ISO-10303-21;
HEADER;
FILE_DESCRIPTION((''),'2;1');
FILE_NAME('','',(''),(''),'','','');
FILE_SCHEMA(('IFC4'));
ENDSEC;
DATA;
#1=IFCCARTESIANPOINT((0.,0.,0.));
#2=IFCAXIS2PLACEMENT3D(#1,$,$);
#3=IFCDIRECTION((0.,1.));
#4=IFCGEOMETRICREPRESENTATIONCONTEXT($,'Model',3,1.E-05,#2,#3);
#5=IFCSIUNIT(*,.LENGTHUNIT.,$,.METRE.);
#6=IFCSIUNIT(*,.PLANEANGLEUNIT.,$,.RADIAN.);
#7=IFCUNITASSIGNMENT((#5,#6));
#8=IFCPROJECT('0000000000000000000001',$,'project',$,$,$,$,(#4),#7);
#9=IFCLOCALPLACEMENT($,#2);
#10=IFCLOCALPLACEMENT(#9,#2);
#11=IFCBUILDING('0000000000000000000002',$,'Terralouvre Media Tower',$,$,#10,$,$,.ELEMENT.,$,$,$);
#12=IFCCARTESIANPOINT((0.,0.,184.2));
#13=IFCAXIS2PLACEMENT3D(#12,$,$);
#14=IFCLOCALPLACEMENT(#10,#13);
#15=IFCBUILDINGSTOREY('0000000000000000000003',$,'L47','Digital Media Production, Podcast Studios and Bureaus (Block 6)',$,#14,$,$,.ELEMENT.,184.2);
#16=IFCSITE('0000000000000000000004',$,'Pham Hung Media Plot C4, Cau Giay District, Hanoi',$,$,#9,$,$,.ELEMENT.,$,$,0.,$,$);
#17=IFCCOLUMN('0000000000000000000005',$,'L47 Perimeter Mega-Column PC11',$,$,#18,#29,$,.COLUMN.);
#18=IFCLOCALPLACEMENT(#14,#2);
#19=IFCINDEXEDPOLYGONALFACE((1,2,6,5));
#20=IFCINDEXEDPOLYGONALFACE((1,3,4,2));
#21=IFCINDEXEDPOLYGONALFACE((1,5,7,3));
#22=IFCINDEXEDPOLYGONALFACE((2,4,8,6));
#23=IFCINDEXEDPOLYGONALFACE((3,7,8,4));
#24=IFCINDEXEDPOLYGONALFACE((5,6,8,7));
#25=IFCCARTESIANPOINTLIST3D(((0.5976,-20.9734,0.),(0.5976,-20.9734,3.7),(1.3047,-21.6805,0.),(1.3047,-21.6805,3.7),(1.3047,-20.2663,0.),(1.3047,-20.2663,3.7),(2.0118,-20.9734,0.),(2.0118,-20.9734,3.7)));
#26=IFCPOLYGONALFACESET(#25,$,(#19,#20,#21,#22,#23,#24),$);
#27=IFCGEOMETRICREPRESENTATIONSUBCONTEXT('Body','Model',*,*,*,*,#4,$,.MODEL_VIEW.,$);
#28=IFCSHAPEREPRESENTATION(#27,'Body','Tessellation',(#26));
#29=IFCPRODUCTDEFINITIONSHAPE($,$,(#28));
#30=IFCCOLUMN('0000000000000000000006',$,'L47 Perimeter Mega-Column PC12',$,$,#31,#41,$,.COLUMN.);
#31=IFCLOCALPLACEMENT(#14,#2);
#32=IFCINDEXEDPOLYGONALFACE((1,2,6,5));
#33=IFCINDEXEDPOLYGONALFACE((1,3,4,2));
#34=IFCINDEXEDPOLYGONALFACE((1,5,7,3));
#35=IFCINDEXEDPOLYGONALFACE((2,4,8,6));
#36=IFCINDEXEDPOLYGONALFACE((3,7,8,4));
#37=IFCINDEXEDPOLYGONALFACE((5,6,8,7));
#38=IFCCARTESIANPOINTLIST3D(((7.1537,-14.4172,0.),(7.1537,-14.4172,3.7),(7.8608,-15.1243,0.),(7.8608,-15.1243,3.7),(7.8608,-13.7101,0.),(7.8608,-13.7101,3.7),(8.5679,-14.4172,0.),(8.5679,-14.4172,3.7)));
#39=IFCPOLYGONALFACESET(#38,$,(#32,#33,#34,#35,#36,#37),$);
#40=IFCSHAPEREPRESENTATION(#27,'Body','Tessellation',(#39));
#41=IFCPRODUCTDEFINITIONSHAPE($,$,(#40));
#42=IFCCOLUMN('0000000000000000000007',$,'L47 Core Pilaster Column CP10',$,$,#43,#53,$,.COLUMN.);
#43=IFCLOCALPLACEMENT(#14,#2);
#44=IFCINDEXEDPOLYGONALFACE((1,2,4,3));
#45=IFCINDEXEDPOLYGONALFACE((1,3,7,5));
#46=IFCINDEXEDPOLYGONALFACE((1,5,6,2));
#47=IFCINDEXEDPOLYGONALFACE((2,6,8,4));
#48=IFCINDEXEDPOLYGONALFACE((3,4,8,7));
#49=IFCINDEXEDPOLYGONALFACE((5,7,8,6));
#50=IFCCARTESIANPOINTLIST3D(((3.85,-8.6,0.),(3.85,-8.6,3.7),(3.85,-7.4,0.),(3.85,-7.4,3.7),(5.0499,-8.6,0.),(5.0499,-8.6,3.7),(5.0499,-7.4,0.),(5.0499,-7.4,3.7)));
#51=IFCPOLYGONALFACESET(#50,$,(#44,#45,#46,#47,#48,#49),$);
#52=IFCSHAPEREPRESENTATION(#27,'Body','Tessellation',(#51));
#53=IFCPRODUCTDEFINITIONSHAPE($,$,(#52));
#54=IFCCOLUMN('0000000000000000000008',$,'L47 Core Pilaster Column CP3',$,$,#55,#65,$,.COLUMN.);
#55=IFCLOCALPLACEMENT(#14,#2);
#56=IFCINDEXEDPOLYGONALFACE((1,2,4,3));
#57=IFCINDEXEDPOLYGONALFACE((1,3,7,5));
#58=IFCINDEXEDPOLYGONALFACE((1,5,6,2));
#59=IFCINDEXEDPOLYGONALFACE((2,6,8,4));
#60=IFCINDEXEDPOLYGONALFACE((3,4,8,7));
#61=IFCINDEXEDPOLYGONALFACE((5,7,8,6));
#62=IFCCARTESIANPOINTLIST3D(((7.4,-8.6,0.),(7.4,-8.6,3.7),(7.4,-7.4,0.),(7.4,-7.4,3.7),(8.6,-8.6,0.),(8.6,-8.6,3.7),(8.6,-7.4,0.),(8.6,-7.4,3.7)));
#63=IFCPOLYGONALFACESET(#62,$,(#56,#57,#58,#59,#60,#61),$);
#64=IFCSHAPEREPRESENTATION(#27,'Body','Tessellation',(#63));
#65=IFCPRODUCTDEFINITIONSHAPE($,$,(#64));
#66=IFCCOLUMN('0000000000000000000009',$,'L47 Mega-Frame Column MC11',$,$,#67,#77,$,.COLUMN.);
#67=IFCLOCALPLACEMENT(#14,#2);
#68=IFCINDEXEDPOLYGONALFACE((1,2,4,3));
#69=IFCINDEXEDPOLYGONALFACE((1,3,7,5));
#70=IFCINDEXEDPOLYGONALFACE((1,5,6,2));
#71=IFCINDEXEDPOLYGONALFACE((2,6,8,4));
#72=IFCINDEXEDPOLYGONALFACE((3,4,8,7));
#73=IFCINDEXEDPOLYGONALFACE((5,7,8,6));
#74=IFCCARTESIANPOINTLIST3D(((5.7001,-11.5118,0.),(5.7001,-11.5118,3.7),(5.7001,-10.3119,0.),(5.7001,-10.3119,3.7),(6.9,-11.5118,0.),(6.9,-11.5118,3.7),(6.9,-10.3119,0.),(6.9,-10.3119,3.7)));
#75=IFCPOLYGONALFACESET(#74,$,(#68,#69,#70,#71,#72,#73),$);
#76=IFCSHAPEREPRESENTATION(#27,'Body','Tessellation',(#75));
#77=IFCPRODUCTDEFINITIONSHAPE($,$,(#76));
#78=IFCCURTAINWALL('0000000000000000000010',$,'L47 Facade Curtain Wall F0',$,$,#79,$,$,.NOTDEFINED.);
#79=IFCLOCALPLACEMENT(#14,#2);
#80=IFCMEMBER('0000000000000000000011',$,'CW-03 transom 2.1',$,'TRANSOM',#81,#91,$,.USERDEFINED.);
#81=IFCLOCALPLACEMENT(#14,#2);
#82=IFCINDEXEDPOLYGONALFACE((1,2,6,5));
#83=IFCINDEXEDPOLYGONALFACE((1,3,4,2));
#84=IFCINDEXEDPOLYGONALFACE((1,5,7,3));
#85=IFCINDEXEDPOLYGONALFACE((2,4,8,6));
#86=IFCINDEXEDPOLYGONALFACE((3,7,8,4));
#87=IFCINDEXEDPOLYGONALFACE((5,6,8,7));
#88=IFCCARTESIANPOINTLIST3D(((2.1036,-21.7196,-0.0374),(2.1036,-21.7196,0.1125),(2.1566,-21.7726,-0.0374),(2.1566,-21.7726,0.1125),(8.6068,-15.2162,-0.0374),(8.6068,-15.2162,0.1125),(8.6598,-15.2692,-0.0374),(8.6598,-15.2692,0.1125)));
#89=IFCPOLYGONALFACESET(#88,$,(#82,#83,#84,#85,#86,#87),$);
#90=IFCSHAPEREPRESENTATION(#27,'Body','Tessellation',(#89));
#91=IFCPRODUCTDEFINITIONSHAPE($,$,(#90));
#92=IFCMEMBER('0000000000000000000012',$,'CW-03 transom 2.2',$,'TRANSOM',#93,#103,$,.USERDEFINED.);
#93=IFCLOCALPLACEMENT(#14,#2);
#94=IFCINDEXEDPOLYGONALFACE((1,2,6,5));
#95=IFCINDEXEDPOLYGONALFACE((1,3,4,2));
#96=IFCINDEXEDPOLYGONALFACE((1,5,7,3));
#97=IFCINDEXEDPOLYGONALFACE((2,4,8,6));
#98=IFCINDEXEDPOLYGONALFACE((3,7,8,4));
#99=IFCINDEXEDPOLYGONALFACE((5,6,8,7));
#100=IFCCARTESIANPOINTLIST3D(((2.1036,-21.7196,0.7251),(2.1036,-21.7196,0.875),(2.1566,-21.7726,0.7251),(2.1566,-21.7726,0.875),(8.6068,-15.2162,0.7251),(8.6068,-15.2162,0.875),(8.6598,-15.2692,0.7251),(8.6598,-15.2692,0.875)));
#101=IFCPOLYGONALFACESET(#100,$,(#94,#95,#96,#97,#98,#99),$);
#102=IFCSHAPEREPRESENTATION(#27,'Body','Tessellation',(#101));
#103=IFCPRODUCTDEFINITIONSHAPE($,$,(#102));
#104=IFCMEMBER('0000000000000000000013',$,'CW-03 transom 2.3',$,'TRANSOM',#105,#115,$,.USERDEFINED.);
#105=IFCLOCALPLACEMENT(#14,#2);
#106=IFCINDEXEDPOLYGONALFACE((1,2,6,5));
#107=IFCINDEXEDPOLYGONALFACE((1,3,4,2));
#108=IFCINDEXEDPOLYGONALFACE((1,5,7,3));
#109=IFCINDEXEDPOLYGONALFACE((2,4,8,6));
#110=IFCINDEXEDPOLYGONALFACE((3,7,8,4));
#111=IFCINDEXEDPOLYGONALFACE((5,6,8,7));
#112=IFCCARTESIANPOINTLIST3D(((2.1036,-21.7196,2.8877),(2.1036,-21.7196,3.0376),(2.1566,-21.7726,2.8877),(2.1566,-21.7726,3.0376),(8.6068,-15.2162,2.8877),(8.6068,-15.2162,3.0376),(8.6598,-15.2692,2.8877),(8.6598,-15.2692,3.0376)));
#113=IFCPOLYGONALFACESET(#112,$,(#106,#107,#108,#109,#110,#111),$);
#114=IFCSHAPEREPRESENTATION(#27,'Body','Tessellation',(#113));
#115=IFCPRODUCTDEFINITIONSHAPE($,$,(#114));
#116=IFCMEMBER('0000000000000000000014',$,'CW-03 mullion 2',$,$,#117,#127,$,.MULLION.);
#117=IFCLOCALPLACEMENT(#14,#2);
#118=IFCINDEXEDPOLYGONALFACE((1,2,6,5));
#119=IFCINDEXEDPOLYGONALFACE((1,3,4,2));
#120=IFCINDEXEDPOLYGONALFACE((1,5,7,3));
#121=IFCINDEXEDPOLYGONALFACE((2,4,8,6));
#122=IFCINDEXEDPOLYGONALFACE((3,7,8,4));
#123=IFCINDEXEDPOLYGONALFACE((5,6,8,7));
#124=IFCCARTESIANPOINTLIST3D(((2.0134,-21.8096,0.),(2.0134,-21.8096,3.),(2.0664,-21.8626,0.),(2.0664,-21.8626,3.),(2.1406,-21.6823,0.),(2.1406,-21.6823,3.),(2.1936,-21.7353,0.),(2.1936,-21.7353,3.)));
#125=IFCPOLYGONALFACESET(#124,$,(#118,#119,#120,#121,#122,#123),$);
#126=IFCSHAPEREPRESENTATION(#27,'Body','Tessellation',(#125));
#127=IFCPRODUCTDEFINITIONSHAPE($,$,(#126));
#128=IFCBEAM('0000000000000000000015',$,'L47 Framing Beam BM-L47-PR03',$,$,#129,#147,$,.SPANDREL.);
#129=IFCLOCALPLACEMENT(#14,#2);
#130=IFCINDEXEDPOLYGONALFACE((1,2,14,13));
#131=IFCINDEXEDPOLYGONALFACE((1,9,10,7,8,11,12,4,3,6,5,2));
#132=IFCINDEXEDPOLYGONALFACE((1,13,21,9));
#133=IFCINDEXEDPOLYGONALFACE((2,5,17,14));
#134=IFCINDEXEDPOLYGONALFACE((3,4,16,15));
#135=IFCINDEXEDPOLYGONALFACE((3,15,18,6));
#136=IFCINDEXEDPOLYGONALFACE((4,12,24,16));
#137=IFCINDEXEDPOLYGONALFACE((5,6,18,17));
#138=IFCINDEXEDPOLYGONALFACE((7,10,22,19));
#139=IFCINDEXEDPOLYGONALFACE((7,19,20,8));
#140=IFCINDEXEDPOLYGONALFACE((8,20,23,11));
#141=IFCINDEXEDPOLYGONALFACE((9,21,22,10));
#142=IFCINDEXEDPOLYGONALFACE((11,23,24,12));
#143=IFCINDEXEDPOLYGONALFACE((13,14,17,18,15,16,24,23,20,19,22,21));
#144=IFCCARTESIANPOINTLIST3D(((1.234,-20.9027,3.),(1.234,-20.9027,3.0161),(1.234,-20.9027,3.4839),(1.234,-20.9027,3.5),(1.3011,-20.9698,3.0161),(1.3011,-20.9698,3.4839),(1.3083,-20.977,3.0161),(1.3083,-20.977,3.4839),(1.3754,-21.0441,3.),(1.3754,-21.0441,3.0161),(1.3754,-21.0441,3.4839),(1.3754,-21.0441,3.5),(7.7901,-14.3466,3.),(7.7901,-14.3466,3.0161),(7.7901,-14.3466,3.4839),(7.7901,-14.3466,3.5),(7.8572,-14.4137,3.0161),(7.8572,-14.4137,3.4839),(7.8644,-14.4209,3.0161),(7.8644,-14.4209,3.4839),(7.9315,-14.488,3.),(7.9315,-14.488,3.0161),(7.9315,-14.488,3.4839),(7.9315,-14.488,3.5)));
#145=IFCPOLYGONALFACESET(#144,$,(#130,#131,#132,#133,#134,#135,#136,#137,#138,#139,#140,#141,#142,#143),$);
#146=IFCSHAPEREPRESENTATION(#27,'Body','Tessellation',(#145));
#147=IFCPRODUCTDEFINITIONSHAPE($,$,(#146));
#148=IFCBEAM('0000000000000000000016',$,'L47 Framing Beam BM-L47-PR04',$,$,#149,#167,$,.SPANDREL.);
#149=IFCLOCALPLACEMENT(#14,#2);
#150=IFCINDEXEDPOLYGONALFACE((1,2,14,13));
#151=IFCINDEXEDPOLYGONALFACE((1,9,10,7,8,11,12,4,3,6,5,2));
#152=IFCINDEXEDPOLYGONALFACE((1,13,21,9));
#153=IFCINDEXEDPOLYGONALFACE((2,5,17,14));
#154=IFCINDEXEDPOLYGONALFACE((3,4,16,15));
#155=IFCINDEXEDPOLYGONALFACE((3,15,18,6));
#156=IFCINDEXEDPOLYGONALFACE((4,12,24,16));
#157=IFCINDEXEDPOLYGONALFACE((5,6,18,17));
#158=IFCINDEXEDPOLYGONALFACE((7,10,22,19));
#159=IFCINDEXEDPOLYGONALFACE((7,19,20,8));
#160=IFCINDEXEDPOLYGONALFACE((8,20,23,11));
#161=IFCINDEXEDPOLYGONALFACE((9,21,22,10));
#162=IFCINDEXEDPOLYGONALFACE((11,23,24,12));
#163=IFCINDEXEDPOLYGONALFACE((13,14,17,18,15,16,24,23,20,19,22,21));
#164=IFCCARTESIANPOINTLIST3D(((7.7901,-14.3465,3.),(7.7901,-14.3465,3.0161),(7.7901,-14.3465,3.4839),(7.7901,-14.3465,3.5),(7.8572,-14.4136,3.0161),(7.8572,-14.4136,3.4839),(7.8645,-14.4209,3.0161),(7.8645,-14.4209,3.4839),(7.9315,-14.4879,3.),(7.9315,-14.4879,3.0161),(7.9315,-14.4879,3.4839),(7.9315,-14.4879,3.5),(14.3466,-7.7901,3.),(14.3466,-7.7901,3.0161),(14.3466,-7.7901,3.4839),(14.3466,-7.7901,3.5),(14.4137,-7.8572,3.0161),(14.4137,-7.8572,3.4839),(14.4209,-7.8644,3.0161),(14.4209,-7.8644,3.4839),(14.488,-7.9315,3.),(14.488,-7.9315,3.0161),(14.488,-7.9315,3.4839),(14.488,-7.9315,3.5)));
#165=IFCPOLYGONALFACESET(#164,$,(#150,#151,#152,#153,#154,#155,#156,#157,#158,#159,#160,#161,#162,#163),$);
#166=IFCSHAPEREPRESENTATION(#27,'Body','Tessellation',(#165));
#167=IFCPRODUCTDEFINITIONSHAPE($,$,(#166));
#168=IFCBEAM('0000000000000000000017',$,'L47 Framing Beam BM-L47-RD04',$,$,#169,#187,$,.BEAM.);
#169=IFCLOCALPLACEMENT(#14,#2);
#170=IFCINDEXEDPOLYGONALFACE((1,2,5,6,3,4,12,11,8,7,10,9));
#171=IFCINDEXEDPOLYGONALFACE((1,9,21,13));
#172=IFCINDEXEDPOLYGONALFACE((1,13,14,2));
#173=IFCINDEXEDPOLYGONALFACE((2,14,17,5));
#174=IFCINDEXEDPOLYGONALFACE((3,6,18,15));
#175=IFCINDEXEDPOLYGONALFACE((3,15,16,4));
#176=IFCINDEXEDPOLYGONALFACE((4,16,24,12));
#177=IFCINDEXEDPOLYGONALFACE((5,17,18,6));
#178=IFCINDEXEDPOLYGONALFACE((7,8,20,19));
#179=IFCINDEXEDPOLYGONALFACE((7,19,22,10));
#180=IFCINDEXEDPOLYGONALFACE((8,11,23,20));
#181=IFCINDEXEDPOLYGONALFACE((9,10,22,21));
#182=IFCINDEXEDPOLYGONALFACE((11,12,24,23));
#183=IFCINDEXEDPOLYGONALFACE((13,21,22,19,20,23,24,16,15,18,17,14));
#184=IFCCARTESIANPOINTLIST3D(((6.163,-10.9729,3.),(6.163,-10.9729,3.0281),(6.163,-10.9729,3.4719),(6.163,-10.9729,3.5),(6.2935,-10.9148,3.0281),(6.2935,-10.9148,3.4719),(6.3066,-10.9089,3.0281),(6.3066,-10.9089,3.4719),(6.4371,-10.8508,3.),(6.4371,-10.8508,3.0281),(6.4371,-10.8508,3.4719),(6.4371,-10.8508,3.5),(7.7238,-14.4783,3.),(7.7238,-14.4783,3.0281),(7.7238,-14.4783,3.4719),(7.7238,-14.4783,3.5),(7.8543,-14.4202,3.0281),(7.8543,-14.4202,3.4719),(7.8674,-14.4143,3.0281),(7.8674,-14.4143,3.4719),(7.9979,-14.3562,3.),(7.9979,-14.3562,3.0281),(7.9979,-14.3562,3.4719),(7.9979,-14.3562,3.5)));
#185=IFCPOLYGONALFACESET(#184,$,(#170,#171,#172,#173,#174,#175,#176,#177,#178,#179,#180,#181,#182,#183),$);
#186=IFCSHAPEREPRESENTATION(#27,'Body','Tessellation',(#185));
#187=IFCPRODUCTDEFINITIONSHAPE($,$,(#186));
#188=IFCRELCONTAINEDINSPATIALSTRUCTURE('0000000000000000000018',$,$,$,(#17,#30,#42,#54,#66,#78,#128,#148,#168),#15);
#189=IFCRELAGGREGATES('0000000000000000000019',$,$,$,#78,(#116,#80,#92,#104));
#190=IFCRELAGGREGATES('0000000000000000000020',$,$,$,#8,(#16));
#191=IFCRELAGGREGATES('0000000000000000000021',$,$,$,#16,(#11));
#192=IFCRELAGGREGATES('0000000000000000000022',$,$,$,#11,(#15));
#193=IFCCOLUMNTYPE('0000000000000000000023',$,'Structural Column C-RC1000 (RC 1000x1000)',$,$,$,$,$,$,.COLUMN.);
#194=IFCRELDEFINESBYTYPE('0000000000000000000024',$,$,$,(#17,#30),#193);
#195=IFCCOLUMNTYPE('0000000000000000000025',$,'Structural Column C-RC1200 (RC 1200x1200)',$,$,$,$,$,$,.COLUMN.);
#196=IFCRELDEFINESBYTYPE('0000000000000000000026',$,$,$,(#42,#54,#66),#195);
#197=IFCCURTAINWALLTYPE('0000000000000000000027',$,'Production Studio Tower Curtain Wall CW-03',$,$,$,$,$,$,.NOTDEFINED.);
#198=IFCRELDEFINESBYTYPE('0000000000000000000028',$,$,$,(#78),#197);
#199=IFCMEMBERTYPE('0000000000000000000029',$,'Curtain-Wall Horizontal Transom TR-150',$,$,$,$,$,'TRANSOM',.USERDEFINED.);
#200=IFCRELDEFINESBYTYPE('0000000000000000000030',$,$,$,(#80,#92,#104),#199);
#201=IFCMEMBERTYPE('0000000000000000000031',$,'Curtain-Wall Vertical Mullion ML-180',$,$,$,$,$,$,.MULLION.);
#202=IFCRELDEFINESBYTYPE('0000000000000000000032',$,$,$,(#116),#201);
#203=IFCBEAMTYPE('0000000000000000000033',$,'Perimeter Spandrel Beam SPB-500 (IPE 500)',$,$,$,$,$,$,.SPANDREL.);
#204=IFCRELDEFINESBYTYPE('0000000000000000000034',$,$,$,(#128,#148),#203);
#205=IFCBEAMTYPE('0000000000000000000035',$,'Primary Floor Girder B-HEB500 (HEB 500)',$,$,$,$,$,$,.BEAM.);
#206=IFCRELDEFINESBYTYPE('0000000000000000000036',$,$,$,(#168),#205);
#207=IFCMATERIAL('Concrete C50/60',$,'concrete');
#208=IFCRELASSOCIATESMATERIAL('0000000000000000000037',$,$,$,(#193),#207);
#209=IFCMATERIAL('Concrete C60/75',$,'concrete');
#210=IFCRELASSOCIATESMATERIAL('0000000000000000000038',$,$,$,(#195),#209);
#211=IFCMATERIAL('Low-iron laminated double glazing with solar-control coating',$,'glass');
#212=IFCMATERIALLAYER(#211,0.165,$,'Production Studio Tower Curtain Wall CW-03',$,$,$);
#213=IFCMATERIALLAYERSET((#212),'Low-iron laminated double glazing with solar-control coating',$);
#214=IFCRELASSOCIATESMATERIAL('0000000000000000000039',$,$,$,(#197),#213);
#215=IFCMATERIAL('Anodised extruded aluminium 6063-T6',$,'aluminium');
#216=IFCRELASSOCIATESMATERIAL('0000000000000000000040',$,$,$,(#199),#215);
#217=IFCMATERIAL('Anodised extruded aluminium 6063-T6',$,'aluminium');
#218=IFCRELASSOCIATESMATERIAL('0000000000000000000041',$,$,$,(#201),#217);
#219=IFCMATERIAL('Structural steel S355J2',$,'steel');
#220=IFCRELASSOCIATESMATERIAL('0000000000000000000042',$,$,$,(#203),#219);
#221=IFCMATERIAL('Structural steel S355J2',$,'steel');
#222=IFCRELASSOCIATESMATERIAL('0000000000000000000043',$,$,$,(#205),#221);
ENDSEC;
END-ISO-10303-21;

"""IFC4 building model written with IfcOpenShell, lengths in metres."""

from ifc_helpers import new_model, si_unit, direction, frame, origin, origin_2d, place, context, subcontext, project, spatial, rectangle, i_section, extrude, material, layer, layer_set, material_profile, profile_set, type_object, element, aggregate, save


model = new_model("IFC4")

# Units and contexts
model_context = context("Model", 3, precision=1e-05, world=origin(), true_north=direction((0.0, 1.0)))
body_context = subcontext(model_context, "Body", "Model", "MODEL_VIEW")
ifc_project = project(units=[si_unit("LENGTHUNIT", "METRE"), si_unit("PLANEANGLEUNIT", "RADIAN")], contexts=[model_context])

# Site, building, storey
site_placement = place(None, origin())
site = spatial("IfcSite", under=ifc_project, at=site_placement, Name="Pham Hung Media Plot C4, Cau Giay District, Hanoi", CompositionType="ELEMENT", RefElevation=0.0)
building_placement = place(site_placement, origin())
building = spatial("IfcBuilding", under=site, at=building_placement, Name="Terralouvre Media Tower", CompositionType="ELEMENT")
storey_placement = place(building_placement, frame((0.0, 0.0, 184.2)))
storey = spatial("IfcBuildingStorey", under=building, at=storey_placement, Name="L47", Description="Digital Media Production, Podcast Studios and Bureaus (Block 6)", CompositionType="ELEMENT", Elevation=184.2)

# Columns
ifc_material_1 = material(Name="Concrete C50/60", Category="concrete")
ifc_material_profile_1 = material_profile(ifc_material_1, rectangle(XDim=1.0, YDim=1.0, at=origin_2d()), Name="RC 1000x1000")
ifc_profile_set_1 = profile_set([ifc_material_profile_1], Name="Concrete C50/60")
column_type_1 = type_object("IfcColumnType", Name="Structural Column C-RC1000 (RC 1000x1000)", PredefinedType="COLUMN", material=ifc_profile_set_1)
for number, where, z_axis, x_axis, name in (
    (1, (1.3047, -20.9734, 0.0), (0.0, 0.0, 1.0), (0.707107, 0.707107, 0.0), "L47 Perimeter Mega-Column PC11"),
    (2, (7.8608, -14.4172, 0.0), (0.0, 0.0, 1.0), (0.707107, 0.707107, 0.0), "L47 Perimeter Mega-Column PC12"),
):
    element("IfcColumn", number, at=place(storey_placement, frame(where, z_axis=z_axis, x_axis=x_axis)), inside=storey, type_object=column_type_1, Name=name, PredefinedType="COLUMN", context=body_context, shape_type="SweptSolid", body=[
        extrude(rectangle(XDim=1.0, YDim=1.0, at=origin_2d()), origin(), (0.0, 0.0, 1.0), 3.7),
    ])
ifc_material_2 = material(Name="Concrete C60/75", Category="concrete")
ifc_material_profile_2 = material_profile(ifc_material_2, rectangle(XDim=1.2, YDim=1.2, at=origin_2d()), Name="RC 1200x1200")
ifc_profile_set_2 = profile_set([ifc_material_profile_2], Name="Concrete C60/75")
column_type_2 = type_object("IfcColumnType", Name="Structural Column C-RC1200 (RC 1200x1200)", PredefinedType="COLUMN", material=ifc_profile_set_2)
for number, where, z_axis, x_axis, name in (
    (3, (4.45, -8.0, 0.0), (0.0, 0.0, 1.0), (1.0, 0.0, 0.0), "L47 Core Pilaster Column CP10"),
    (4, (8.0, -8.0, 0.0), (0.0, 0.0, 1.0), (1.0, 0.0, 0.0), "L47 Core Pilaster Column CP3"),
    (5, (6.3, -10.9119, 0.0), (0.0, 0.0, 1.0), (1.0, 0.0, 0.0), "L47 Mega-Frame Column MC11"),
):
    element("IfcColumn", number, at=place(storey_placement, frame(where, z_axis=z_axis, x_axis=x_axis)), inside=storey, type_object=column_type_2, Name=name, PredefinedType="COLUMN", context=body_context, shape_type="SweptSolid", body=[
        extrude(rectangle(XDim=1.2, YDim=1.2, at=origin_2d()), origin(), (0.0, 0.0, 1.0), 3.7),
    ])

# Curtain wall, members
ifc_material_3 = material(Name="Low-iron laminated double glazing with solar-control coating", Category="glass")
ifc_layer_1 = layer(ifc_material_3, 0.165, Name="Production Studio Tower Curtain Wall CW-03")
ifc_layer_set_1 = layer_set([ifc_layer_1], Name="Low-iron laminated double glazing with solar-control coating")
curtain_wall_type = type_object("IfcCurtainWallType", Name="Production Studio Tower Curtain Wall CW-03", PredefinedType="NOTDEFINED", material=ifc_layer_set_1)
curtain_wall_placement = place(storey_placement, origin())
curtain_wall = element("IfcCurtainWall", 6, at=curtain_wall_placement, inside=storey, type_object=curtain_wall_type, Name="L47 Facade Curtain Wall F0", PredefinedType="NOTDEFINED")
ifc_material_4 = material(Name="Anodised extruded aluminium 6063-T6", Category="aluminium")
ifc_material_profile_3 = material_profile(ifc_material_4, rectangle(XDim=0.075, YDim=0.1499, at=origin_2d()), Name="ALU 75x150")
ifc_profile_set_3 = profile_set([ifc_material_profile_3], Name="Anodised extruded aluminium 6063-T6")
member_type_1 = type_object("IfcMemberType", Name="Curtain-Wall Horizontal Transom TR-150", ElementType="TRANSOM", PredefinedType="USERDEFINED", material=ifc_profile_set_3)
member_1_placement = place(storey_placement, frame((2.1301, -21.7461, 0.0376), z_axis=(0.707094, 0.70712, 0.0), x_axis=(-0.70712, 0.707094, 0.0)))
member_1 = element("IfcMember", 7, at=member_1_placement, type_object=member_type_1, Name="CW-03 transom 2.1", ObjectType="TRANSOM", PredefinedType="USERDEFINED", context=body_context, shape_type="SweptSolid", body=[
    extrude(rectangle(XDim=0.075, YDim=0.1499, at=origin_2d()), origin(), (0.0, 0.0, 1.0), 9.197),
])
member_2_placement = place(storey_placement, frame((2.1301, -21.7461, 0.8), z_axis=(0.707094, 0.70712, 0.0), x_axis=(-0.70712, 0.707094, 0.0)))
member_2 = element("IfcMember", 8, at=member_2_placement, type_object=member_type_1, Name="CW-03 transom 2.2", ObjectType="TRANSOM", PredefinedType="USERDEFINED", context=body_context, shape_type="SweptSolid", body=[
    extrude(rectangle(XDim=0.075, YDim=0.1499, at=origin_2d()), origin(), (0.0, 0.0, 1.0), 9.197),
])
member_3_placement = place(storey_placement, frame((2.1301, -21.7461, 2.9626), z_axis=(0.707094, 0.70712, 0.0), x_axis=(-0.70712, 0.707094, 0.0)))
member_3 = element("IfcMember", 9, at=member_3_placement, type_object=member_type_1, Name="CW-03 transom 2.3", ObjectType="TRANSOM", PredefinedType="USERDEFINED", context=body_context, shape_type="SweptSolid", body=[
    extrude(rectangle(XDim=0.075, YDim=0.1499, at=origin_2d()), origin(), (0.0, 0.0, 1.0), 9.197),
])
ifc_material_5 = material(Name="Anodised extruded aluminium 6063-T6", Category="aluminium")
ifc_material_profile_4 = material_profile(ifc_material_5, rectangle(XDim=0.075, YDim=0.1799, at=origin_2d()), Name="ALU 75x180")
ifc_profile_set_4 = profile_set([ifc_material_profile_4], Name="Anodised extruded aluminium 6063-T6")
member_type_2 = type_object("IfcMemberType", Name="Curtain-Wall Vertical Mullion ML-180", PredefinedType="MULLION", material=ifc_profile_set_4)
member_4_placement = place(storey_placement, frame((2.1035, -21.7725, 0.0), z_axis=(0.0, 0.0, 1.0), x_axis=(-0.707107, 0.707107, 0.0)))
member_4 = element("IfcMember", 10, at=member_4_placement, type_object=member_type_2, Name="CW-03 mullion 2", PredefinedType="MULLION", context=body_context, shape_type="SweptSolid", body=[
    extrude(rectangle(XDim=0.075, YDim=0.1799, at=origin_2d()), origin(), (0.0, 0.0, 1.0), 3.0),
])

# Beams
ifc_material_6 = material(Name="Structural steel S355J2", Category="steel")
ifc_material_profile_5 = material_profile(ifc_material_6, i_section(OverallWidth=0.2, OverallDepth=0.5, WebThickness=0.0103, FlangeThickness=0.0161, at=origin_2d()), Name="IPE 500")
ifc_profile_set_5 = profile_set([ifc_material_profile_5], Name="Structural steel S355J2")
beam_type_1 = type_object("IfcBeamType", Name="Perimeter Spandrel Beam SPB-500 (IPE 500)", PredefinedType="SPANDREL", material=ifc_profile_set_5)
beam_1_placement = place(storey_placement, frame((1.3047, -20.9734, 3.25), z_axis=(0.707107, 0.707107, 0.0), x_axis=(-0.707107, 0.707107, 0.0)))
element("IfcBeam", 11, at=beam_1_placement, inside=storey, type_object=beam_type_1, Name="L47 Framing Beam BM-L47-PR03", PredefinedType="SPANDREL", context=body_context, shape_type="SweptSolid", body=[
    extrude(i_section(OverallWidth=0.2, OverallDepth=0.5, WebThickness=0.0103, FlangeThickness=0.0161, at=origin_2d()), origin(), (0.0, 0.0, 1.0), 9.2717),
])
beam_2_placement = place(storey_placement, frame((7.8608, -14.4172, 3.25), z_axis=(0.707107, 0.707107, 0.0), x_axis=(-0.707107, 0.707107, 0.0)))
element("IfcBeam", 12, at=beam_2_placement, inside=storey, type_object=beam_type_1, Name="L47 Framing Beam BM-L47-PR04", PredefinedType="SPANDREL", context=body_context, shape_type="SweptSolid", body=[
    extrude(i_section(OverallWidth=0.2, OverallDepth=0.5, WebThickness=0.0103, FlangeThickness=0.0161, at=origin_2d()), origin(), (0.0, 0.0, 1.0), 9.2722),
])
ifc_material_7 = material(Name="Structural steel S355J2", Category="steel")
ifc_material_profile_6 = material_profile(ifc_material_7, i_section(OverallWidth=0.3, OverallDepth=0.5, WebThickness=0.0144, FlangeThickness=0.0281, at=origin_2d()), Name="HEB 500")
ifc_profile_set_6 = profile_set([ifc_material_profile_6], Name="Structural steel S355J2")
beam_type_2 = type_object("IfcBeamType", Name="Primary Floor Girder B-HEB500 (HEB 500)", PredefinedType="BEAM", material=ifc_profile_set_6)
beam_3_placement = place(storey_placement, frame((6.3, -10.9119, 3.25), z_axis=(0.406758, -0.913536, 0.0), x_axis=(0.913536, 0.406758, 0.0)))
element("IfcBeam", 13, at=beam_3_placement, inside=storey, type_object=beam_type_2, Name="L47 Framing Beam BM-L47-RD04", PredefinedType="BEAM", context=body_context, shape_type="SweptSolid", body=[
    extrude(i_section(OverallWidth=0.3, OverallDepth=0.5, WebThickness=0.0144, FlangeThickness=0.0281, at=origin_2d()), origin(), (0.0, 0.0, 1.0), 3.8372),
])

aggregate(curtain_wall, [member_4, member_1, member_2, member_3])

save(model, "model.ifc")
